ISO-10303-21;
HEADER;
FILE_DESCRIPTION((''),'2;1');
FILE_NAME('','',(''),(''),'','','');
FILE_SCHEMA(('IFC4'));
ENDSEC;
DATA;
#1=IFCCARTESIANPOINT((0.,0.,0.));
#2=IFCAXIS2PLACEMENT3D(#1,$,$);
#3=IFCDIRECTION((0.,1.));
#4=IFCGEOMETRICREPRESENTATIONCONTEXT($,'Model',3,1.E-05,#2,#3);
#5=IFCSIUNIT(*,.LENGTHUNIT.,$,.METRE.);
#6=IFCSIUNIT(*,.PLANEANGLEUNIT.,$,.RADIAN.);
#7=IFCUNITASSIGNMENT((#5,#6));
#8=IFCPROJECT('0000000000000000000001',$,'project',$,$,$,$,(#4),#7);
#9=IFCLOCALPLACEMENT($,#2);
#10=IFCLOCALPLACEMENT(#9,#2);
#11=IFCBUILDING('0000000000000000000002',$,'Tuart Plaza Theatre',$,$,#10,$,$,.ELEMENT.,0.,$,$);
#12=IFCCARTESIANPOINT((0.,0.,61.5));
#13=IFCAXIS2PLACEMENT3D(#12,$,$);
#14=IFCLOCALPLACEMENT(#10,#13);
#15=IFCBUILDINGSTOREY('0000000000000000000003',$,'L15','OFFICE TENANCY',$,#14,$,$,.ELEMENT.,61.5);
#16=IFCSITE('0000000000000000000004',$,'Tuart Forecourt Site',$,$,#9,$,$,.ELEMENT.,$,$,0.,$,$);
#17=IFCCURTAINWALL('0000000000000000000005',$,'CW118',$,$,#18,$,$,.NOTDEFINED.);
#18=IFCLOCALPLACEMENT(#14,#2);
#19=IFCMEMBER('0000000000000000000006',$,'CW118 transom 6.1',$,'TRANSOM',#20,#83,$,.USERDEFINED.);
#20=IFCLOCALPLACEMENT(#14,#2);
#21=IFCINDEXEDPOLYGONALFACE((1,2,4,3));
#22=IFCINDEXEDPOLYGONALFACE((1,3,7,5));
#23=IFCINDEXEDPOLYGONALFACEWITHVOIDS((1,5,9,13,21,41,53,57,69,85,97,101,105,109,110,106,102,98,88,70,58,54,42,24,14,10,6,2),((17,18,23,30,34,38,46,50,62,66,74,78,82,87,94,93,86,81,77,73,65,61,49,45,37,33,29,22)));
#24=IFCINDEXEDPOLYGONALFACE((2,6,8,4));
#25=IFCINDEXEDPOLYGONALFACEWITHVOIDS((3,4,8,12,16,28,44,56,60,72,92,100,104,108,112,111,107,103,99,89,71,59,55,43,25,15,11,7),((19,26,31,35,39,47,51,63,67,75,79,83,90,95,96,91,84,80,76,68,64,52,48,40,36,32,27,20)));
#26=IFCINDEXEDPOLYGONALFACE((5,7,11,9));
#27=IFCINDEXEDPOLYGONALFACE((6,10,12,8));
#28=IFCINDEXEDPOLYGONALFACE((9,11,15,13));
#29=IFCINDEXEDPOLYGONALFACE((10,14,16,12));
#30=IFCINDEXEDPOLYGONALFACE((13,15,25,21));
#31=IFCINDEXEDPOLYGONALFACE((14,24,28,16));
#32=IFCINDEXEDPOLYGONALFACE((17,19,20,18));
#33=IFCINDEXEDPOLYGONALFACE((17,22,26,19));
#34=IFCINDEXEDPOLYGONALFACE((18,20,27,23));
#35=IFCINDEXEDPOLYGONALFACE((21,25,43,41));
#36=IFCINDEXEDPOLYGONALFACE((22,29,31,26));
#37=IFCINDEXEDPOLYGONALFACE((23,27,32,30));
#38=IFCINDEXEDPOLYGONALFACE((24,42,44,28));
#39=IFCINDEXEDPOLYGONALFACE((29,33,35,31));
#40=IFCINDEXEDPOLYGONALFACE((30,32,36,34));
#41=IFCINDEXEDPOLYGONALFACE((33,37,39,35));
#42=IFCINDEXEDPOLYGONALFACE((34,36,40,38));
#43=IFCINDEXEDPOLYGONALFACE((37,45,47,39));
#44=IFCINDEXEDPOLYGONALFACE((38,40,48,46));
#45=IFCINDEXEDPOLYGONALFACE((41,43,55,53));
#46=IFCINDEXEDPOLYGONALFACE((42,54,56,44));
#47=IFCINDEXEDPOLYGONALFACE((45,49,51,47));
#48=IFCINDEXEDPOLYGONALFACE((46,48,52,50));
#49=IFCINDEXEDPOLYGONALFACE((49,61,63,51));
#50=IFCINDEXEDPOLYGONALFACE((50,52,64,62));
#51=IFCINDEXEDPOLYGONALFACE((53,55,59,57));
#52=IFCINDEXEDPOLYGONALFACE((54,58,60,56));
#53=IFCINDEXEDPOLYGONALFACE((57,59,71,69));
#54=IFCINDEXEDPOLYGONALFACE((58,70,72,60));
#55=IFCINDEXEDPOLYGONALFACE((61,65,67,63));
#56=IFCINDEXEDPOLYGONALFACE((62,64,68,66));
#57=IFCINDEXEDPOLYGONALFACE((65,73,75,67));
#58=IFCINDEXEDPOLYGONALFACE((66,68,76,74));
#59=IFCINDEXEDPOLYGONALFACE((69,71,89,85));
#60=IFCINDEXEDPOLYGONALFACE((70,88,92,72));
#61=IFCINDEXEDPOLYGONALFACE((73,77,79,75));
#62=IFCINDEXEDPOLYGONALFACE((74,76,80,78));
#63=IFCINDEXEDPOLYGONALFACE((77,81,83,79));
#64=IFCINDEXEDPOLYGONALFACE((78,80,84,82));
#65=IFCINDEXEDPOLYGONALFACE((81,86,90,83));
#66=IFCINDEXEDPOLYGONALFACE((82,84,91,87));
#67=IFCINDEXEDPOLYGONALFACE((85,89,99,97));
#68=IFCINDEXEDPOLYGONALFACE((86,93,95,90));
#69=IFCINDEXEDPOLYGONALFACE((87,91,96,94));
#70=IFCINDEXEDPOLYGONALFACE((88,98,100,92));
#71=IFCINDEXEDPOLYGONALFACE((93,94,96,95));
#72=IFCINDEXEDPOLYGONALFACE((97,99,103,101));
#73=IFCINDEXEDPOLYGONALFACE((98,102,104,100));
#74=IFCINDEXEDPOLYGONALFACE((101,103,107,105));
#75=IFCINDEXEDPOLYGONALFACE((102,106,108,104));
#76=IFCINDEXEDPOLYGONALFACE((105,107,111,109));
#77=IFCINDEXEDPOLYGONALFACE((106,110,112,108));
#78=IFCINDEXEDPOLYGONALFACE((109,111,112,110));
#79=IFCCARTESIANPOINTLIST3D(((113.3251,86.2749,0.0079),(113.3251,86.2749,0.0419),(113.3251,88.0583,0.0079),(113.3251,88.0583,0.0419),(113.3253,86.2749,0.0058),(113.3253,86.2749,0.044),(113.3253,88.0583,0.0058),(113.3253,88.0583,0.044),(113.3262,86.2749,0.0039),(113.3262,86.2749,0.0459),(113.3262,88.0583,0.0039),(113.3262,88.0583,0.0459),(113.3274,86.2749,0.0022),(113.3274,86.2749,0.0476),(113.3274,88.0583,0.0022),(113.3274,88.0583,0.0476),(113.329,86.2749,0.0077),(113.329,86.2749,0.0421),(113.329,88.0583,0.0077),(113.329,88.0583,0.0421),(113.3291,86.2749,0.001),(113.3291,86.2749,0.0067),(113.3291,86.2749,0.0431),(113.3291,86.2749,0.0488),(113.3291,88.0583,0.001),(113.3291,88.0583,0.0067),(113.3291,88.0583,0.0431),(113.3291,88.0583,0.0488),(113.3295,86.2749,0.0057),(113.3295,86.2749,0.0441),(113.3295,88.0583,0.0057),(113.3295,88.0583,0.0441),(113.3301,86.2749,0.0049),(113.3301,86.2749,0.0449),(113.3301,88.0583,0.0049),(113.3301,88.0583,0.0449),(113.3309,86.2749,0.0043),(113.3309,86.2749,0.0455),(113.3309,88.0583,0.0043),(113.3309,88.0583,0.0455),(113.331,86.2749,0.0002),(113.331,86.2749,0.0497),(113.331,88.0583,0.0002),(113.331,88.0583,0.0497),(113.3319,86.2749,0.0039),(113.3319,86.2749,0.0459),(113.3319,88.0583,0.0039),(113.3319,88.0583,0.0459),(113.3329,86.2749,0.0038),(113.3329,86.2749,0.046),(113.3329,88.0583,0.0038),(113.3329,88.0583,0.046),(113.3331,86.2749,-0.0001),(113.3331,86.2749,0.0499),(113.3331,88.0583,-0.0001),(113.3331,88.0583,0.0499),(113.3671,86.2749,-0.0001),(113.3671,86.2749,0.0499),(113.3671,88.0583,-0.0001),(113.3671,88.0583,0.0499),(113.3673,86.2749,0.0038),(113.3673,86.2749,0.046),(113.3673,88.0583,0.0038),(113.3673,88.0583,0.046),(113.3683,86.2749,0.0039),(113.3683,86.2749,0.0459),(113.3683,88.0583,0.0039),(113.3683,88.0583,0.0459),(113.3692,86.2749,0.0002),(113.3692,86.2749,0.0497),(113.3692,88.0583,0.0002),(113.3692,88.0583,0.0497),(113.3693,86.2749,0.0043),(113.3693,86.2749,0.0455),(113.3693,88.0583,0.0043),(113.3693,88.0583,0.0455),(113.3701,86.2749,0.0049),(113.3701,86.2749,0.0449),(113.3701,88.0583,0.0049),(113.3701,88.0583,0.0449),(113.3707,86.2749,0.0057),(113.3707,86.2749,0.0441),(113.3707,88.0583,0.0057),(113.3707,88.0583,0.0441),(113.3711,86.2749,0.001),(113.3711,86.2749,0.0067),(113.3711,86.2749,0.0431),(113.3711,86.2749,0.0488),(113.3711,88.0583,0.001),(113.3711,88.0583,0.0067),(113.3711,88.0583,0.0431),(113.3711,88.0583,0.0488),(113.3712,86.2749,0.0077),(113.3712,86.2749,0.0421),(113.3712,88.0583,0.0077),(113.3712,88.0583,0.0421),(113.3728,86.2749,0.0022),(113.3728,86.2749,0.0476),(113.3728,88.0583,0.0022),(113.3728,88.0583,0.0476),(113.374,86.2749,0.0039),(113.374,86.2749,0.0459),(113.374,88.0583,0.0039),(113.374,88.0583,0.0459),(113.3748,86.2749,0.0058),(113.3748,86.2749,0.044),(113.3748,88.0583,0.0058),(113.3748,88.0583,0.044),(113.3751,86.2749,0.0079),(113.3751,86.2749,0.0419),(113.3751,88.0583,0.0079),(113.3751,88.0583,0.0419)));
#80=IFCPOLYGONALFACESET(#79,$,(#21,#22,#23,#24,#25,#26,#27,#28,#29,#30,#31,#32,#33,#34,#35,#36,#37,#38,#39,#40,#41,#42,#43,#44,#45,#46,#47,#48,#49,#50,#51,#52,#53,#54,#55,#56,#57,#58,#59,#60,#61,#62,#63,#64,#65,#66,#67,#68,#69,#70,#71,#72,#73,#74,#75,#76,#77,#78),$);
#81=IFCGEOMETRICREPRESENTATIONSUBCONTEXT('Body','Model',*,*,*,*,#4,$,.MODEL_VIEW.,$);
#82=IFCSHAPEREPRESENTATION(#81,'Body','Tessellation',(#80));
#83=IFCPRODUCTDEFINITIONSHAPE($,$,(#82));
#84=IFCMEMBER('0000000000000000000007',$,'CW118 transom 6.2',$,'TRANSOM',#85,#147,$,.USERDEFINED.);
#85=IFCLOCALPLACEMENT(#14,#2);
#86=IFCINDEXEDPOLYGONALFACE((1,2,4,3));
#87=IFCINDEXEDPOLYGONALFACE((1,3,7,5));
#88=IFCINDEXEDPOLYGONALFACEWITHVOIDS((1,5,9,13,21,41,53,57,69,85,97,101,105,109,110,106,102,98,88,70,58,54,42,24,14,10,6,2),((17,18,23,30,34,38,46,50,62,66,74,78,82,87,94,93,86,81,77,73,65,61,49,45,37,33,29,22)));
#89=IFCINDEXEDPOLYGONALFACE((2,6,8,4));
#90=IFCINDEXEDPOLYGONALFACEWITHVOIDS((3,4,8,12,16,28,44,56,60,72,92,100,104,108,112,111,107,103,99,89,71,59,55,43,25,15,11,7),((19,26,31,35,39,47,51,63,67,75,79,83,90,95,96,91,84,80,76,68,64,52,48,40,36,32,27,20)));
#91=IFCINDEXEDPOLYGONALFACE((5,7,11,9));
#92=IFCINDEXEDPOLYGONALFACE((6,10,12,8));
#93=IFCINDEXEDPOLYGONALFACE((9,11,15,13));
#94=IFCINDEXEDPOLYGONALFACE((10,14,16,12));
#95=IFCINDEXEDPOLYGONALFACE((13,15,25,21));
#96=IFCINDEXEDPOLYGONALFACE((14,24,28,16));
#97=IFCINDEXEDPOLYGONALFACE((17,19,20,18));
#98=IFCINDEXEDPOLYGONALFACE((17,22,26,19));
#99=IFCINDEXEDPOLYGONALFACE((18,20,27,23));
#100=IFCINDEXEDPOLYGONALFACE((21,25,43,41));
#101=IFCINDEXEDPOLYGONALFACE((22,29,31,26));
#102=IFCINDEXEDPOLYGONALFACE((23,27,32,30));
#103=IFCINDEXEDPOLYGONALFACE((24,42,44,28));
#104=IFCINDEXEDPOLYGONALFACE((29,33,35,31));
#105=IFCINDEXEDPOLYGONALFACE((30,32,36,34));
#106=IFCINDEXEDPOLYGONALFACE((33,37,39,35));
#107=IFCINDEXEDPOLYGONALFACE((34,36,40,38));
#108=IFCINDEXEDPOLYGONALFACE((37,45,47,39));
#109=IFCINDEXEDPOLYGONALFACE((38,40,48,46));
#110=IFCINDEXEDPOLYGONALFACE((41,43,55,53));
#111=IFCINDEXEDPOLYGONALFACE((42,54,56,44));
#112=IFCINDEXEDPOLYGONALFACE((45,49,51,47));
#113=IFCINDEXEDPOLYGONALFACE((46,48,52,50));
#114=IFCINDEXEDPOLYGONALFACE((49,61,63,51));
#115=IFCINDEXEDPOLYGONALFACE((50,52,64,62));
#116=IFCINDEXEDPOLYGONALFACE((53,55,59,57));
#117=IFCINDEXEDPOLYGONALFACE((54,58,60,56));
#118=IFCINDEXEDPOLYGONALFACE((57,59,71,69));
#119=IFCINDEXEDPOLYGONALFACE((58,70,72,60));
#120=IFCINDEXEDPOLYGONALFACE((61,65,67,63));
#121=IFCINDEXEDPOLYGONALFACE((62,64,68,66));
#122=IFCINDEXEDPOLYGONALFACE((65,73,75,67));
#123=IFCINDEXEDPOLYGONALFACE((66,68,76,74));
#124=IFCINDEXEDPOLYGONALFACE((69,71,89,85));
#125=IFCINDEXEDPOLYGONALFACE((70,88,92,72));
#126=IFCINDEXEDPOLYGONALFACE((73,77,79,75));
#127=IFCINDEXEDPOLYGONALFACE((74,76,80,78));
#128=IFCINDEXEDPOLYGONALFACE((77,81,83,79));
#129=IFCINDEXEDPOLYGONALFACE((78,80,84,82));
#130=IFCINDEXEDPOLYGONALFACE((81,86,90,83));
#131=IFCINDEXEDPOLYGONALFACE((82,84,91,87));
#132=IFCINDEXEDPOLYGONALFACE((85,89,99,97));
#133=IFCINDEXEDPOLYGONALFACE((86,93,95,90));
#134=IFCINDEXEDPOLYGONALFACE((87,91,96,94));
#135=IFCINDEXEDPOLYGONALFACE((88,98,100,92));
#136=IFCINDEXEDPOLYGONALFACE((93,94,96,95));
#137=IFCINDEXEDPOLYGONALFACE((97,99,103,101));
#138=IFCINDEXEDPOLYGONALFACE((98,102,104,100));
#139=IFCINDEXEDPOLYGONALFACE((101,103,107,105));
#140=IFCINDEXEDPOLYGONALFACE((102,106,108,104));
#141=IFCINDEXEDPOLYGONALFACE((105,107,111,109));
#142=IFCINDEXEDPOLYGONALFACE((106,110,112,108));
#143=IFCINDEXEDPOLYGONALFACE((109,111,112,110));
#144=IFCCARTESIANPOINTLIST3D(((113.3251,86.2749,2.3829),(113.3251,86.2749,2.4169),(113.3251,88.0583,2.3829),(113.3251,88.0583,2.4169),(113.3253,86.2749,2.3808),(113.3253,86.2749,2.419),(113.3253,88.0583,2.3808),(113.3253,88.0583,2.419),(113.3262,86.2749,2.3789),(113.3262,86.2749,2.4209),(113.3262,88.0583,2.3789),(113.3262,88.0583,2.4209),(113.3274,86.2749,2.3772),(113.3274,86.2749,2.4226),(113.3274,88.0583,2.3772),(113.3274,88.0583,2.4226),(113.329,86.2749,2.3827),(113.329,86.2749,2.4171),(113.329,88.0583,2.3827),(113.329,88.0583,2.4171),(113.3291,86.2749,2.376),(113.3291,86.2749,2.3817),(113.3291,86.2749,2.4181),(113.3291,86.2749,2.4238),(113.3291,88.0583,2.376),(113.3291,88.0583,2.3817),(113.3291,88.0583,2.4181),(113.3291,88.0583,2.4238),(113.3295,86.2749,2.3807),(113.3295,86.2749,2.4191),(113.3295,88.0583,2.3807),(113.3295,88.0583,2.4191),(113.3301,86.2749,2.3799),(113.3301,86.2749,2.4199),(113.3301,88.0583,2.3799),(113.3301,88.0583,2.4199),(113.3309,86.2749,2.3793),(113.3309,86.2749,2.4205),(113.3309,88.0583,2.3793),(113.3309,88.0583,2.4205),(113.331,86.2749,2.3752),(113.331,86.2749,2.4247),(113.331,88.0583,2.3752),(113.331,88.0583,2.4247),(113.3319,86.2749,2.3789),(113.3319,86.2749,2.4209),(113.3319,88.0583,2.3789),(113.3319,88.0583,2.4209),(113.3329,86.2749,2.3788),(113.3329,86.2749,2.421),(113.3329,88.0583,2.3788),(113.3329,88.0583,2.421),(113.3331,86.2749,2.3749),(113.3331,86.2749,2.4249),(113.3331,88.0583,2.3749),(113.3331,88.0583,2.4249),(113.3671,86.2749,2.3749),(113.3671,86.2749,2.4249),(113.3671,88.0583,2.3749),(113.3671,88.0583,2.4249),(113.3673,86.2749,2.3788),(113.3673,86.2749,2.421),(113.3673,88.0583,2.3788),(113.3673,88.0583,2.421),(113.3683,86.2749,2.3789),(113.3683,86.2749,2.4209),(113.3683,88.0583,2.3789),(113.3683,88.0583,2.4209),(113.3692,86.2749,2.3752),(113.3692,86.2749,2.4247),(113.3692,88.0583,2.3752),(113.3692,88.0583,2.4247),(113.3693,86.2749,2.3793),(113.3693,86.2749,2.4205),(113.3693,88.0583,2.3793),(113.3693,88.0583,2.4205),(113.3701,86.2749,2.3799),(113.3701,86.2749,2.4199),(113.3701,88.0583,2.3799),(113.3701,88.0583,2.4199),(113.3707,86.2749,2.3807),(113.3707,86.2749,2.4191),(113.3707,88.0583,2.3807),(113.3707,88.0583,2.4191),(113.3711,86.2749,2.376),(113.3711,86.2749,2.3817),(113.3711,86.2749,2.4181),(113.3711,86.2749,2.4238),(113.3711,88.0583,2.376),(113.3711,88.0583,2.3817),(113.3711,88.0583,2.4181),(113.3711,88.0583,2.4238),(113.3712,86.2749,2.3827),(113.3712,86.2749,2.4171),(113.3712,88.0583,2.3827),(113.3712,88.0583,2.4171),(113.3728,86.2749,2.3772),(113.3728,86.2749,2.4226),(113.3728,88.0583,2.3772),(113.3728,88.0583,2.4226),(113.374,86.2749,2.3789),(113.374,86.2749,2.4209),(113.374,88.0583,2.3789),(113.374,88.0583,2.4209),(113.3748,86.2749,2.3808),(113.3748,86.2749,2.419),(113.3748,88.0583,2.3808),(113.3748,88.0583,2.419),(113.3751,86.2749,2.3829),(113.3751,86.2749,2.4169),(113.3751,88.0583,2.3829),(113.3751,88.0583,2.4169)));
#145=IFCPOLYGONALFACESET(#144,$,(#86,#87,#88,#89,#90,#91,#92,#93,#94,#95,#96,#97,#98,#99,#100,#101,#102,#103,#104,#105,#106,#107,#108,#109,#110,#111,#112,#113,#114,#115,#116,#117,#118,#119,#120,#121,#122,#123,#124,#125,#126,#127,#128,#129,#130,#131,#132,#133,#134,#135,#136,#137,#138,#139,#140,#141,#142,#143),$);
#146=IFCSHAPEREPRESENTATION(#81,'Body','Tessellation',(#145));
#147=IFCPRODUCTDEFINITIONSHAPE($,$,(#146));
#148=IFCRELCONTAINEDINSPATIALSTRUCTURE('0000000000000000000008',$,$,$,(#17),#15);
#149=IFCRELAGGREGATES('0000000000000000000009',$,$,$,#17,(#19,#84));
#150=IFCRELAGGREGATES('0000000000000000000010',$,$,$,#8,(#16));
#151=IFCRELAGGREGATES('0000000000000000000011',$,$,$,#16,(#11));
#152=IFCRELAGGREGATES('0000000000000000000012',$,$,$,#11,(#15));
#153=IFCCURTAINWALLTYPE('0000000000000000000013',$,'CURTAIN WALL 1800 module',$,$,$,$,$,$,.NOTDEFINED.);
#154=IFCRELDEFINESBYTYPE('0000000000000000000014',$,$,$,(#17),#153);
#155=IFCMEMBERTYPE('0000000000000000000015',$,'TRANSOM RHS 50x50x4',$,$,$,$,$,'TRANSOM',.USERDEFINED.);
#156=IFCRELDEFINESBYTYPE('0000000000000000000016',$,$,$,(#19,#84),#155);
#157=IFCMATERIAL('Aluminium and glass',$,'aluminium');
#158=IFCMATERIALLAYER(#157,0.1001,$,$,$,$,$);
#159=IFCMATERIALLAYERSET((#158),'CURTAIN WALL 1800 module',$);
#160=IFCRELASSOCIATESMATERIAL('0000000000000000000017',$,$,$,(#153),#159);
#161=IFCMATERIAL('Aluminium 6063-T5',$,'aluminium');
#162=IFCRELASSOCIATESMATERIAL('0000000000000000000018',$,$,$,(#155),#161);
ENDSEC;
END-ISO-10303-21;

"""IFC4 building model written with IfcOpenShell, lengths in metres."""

from ifc_helpers import new_model, si_unit, direction, frame, origin, origin_2d, place, context, subcontext, project, spatial, hollow_rectangle, extrude, material, layer, layer_set, material_profile, profile_set, type_object, element, aggregate, save


model = new_model("IFC4")

# Units and contexts
model_context = context("Model", 3, precision=1e-05, world=origin(), true_north=direction((0.0, 1.0)))
body_context = subcontext(model_context, "Body", "Model", "MODEL_VIEW")
ifc_project = project(units=[si_unit("LENGTHUNIT", "METRE"), si_unit("PLANEANGLEUNIT", "RADIAN")], contexts=[model_context])

# Site, building, storey
site_placement = place(None, origin())
site = spatial("IfcSite", under=ifc_project, at=site_placement, Name="Tuart Forecourt Site", CompositionType="ELEMENT", RefElevation=0.0)
building_placement = place(site_placement, origin())
building = spatial("IfcBuilding", under=site, at=building_placement, Name="Tuart Plaza Theatre", CompositionType="ELEMENT", ElevationOfRefHeight=0.0)
storey_placement = place(building_placement, frame((0.0, 0.0, 61.5)))
storey = spatial("IfcBuildingStorey", under=building, at=storey_placement, Name="L15", Description="OFFICE TENANCY", CompositionType="ELEMENT", Elevation=61.5)

# Curtain wall, members
ifc_material_1 = material(Name="Aluminium and glass", Category="aluminium")
ifc_layer_1 = layer(ifc_material_1, 0.1001)
ifc_layer_set_1 = layer_set([ifc_layer_1], Name="CURTAIN WALL 1800 module")
curtain_wall_type = type_object("IfcCurtainWallType", Name="CURTAIN WALL 1800 module", PredefinedType="NOTDEFINED", material=ifc_layer_set_1)
curtain_wall_placement = place(storey_placement, origin())
curtain_wall = element("IfcCurtainWall", 1, at=curtain_wall_placement, inside=storey, type_object=curtain_wall_type, Name="CW118", PredefinedType="NOTDEFINED")
ifc_material_2 = material(Name="Aluminium 6063-T5", Category="aluminium")
ifc_material_profile = material_profile(ifc_material_2, hollow_rectangle(XDim=0.05, YDim=0.05, WallThickness=0.0039, InnerFilletRadius=0.0039, OuterFilletRadius=0.0081, at=origin_2d()), Name="RHS 50x50x4")
ifc_profile_set = profile_set([ifc_material_profile], Name="Aluminium 6063-T5")
member_type = type_object("IfcMemberType", Name="TRANSOM RHS 50x50x4", ElementType="TRANSOM", PredefinedType="USERDEFINED", material=ifc_profile_set)
member_1_placement = place(storey_placement, frame((113.3501, 88.0583, 0.0249), z_axis=(0.0, -1.0, 0.0), x_axis=(1.0, 0.0, 0.0)))
member_1 = element("IfcMember", 2, at=member_1_placement, type_object=member_type, Name="CW118 transom 6.1", ObjectType="TRANSOM", PredefinedType="USERDEFINED", context=body_context, shape_type="SweptSolid", body=[
    extrude(hollow_rectangle(XDim=0.05, YDim=0.05, WallThickness=0.0039, InnerFilletRadius=0.0039, OuterFilletRadius=0.0081, at=origin_2d()), origin(), (0.0, 0.0, 1.0), 1.7834),
])
member_2_placement = place(storey_placement, frame((113.3501, 88.0583, 2.3999), z_axis=(0.0, -1.0, 0.0), x_axis=(1.0, 0.0, 0.0)))
member_2 = element("IfcMember", 3, at=member_2_placement, type_object=member_type, Name="CW118 transom 6.2", ObjectType="TRANSOM", PredefinedType="USERDEFINED", context=body_context, shape_type="SweptSolid", body=[
    extrude(hollow_rectangle(XDim=0.05, YDim=0.05, WallThickness=0.0039, InnerFilletRadius=0.0039, OuterFilletRadius=0.0081, at=origin_2d()), origin(), (0.0, 0.0, 1.0), 1.7834),
])
aggregate(curtain_wall, [member_1, member_2])

save(model, "model.ifc")
